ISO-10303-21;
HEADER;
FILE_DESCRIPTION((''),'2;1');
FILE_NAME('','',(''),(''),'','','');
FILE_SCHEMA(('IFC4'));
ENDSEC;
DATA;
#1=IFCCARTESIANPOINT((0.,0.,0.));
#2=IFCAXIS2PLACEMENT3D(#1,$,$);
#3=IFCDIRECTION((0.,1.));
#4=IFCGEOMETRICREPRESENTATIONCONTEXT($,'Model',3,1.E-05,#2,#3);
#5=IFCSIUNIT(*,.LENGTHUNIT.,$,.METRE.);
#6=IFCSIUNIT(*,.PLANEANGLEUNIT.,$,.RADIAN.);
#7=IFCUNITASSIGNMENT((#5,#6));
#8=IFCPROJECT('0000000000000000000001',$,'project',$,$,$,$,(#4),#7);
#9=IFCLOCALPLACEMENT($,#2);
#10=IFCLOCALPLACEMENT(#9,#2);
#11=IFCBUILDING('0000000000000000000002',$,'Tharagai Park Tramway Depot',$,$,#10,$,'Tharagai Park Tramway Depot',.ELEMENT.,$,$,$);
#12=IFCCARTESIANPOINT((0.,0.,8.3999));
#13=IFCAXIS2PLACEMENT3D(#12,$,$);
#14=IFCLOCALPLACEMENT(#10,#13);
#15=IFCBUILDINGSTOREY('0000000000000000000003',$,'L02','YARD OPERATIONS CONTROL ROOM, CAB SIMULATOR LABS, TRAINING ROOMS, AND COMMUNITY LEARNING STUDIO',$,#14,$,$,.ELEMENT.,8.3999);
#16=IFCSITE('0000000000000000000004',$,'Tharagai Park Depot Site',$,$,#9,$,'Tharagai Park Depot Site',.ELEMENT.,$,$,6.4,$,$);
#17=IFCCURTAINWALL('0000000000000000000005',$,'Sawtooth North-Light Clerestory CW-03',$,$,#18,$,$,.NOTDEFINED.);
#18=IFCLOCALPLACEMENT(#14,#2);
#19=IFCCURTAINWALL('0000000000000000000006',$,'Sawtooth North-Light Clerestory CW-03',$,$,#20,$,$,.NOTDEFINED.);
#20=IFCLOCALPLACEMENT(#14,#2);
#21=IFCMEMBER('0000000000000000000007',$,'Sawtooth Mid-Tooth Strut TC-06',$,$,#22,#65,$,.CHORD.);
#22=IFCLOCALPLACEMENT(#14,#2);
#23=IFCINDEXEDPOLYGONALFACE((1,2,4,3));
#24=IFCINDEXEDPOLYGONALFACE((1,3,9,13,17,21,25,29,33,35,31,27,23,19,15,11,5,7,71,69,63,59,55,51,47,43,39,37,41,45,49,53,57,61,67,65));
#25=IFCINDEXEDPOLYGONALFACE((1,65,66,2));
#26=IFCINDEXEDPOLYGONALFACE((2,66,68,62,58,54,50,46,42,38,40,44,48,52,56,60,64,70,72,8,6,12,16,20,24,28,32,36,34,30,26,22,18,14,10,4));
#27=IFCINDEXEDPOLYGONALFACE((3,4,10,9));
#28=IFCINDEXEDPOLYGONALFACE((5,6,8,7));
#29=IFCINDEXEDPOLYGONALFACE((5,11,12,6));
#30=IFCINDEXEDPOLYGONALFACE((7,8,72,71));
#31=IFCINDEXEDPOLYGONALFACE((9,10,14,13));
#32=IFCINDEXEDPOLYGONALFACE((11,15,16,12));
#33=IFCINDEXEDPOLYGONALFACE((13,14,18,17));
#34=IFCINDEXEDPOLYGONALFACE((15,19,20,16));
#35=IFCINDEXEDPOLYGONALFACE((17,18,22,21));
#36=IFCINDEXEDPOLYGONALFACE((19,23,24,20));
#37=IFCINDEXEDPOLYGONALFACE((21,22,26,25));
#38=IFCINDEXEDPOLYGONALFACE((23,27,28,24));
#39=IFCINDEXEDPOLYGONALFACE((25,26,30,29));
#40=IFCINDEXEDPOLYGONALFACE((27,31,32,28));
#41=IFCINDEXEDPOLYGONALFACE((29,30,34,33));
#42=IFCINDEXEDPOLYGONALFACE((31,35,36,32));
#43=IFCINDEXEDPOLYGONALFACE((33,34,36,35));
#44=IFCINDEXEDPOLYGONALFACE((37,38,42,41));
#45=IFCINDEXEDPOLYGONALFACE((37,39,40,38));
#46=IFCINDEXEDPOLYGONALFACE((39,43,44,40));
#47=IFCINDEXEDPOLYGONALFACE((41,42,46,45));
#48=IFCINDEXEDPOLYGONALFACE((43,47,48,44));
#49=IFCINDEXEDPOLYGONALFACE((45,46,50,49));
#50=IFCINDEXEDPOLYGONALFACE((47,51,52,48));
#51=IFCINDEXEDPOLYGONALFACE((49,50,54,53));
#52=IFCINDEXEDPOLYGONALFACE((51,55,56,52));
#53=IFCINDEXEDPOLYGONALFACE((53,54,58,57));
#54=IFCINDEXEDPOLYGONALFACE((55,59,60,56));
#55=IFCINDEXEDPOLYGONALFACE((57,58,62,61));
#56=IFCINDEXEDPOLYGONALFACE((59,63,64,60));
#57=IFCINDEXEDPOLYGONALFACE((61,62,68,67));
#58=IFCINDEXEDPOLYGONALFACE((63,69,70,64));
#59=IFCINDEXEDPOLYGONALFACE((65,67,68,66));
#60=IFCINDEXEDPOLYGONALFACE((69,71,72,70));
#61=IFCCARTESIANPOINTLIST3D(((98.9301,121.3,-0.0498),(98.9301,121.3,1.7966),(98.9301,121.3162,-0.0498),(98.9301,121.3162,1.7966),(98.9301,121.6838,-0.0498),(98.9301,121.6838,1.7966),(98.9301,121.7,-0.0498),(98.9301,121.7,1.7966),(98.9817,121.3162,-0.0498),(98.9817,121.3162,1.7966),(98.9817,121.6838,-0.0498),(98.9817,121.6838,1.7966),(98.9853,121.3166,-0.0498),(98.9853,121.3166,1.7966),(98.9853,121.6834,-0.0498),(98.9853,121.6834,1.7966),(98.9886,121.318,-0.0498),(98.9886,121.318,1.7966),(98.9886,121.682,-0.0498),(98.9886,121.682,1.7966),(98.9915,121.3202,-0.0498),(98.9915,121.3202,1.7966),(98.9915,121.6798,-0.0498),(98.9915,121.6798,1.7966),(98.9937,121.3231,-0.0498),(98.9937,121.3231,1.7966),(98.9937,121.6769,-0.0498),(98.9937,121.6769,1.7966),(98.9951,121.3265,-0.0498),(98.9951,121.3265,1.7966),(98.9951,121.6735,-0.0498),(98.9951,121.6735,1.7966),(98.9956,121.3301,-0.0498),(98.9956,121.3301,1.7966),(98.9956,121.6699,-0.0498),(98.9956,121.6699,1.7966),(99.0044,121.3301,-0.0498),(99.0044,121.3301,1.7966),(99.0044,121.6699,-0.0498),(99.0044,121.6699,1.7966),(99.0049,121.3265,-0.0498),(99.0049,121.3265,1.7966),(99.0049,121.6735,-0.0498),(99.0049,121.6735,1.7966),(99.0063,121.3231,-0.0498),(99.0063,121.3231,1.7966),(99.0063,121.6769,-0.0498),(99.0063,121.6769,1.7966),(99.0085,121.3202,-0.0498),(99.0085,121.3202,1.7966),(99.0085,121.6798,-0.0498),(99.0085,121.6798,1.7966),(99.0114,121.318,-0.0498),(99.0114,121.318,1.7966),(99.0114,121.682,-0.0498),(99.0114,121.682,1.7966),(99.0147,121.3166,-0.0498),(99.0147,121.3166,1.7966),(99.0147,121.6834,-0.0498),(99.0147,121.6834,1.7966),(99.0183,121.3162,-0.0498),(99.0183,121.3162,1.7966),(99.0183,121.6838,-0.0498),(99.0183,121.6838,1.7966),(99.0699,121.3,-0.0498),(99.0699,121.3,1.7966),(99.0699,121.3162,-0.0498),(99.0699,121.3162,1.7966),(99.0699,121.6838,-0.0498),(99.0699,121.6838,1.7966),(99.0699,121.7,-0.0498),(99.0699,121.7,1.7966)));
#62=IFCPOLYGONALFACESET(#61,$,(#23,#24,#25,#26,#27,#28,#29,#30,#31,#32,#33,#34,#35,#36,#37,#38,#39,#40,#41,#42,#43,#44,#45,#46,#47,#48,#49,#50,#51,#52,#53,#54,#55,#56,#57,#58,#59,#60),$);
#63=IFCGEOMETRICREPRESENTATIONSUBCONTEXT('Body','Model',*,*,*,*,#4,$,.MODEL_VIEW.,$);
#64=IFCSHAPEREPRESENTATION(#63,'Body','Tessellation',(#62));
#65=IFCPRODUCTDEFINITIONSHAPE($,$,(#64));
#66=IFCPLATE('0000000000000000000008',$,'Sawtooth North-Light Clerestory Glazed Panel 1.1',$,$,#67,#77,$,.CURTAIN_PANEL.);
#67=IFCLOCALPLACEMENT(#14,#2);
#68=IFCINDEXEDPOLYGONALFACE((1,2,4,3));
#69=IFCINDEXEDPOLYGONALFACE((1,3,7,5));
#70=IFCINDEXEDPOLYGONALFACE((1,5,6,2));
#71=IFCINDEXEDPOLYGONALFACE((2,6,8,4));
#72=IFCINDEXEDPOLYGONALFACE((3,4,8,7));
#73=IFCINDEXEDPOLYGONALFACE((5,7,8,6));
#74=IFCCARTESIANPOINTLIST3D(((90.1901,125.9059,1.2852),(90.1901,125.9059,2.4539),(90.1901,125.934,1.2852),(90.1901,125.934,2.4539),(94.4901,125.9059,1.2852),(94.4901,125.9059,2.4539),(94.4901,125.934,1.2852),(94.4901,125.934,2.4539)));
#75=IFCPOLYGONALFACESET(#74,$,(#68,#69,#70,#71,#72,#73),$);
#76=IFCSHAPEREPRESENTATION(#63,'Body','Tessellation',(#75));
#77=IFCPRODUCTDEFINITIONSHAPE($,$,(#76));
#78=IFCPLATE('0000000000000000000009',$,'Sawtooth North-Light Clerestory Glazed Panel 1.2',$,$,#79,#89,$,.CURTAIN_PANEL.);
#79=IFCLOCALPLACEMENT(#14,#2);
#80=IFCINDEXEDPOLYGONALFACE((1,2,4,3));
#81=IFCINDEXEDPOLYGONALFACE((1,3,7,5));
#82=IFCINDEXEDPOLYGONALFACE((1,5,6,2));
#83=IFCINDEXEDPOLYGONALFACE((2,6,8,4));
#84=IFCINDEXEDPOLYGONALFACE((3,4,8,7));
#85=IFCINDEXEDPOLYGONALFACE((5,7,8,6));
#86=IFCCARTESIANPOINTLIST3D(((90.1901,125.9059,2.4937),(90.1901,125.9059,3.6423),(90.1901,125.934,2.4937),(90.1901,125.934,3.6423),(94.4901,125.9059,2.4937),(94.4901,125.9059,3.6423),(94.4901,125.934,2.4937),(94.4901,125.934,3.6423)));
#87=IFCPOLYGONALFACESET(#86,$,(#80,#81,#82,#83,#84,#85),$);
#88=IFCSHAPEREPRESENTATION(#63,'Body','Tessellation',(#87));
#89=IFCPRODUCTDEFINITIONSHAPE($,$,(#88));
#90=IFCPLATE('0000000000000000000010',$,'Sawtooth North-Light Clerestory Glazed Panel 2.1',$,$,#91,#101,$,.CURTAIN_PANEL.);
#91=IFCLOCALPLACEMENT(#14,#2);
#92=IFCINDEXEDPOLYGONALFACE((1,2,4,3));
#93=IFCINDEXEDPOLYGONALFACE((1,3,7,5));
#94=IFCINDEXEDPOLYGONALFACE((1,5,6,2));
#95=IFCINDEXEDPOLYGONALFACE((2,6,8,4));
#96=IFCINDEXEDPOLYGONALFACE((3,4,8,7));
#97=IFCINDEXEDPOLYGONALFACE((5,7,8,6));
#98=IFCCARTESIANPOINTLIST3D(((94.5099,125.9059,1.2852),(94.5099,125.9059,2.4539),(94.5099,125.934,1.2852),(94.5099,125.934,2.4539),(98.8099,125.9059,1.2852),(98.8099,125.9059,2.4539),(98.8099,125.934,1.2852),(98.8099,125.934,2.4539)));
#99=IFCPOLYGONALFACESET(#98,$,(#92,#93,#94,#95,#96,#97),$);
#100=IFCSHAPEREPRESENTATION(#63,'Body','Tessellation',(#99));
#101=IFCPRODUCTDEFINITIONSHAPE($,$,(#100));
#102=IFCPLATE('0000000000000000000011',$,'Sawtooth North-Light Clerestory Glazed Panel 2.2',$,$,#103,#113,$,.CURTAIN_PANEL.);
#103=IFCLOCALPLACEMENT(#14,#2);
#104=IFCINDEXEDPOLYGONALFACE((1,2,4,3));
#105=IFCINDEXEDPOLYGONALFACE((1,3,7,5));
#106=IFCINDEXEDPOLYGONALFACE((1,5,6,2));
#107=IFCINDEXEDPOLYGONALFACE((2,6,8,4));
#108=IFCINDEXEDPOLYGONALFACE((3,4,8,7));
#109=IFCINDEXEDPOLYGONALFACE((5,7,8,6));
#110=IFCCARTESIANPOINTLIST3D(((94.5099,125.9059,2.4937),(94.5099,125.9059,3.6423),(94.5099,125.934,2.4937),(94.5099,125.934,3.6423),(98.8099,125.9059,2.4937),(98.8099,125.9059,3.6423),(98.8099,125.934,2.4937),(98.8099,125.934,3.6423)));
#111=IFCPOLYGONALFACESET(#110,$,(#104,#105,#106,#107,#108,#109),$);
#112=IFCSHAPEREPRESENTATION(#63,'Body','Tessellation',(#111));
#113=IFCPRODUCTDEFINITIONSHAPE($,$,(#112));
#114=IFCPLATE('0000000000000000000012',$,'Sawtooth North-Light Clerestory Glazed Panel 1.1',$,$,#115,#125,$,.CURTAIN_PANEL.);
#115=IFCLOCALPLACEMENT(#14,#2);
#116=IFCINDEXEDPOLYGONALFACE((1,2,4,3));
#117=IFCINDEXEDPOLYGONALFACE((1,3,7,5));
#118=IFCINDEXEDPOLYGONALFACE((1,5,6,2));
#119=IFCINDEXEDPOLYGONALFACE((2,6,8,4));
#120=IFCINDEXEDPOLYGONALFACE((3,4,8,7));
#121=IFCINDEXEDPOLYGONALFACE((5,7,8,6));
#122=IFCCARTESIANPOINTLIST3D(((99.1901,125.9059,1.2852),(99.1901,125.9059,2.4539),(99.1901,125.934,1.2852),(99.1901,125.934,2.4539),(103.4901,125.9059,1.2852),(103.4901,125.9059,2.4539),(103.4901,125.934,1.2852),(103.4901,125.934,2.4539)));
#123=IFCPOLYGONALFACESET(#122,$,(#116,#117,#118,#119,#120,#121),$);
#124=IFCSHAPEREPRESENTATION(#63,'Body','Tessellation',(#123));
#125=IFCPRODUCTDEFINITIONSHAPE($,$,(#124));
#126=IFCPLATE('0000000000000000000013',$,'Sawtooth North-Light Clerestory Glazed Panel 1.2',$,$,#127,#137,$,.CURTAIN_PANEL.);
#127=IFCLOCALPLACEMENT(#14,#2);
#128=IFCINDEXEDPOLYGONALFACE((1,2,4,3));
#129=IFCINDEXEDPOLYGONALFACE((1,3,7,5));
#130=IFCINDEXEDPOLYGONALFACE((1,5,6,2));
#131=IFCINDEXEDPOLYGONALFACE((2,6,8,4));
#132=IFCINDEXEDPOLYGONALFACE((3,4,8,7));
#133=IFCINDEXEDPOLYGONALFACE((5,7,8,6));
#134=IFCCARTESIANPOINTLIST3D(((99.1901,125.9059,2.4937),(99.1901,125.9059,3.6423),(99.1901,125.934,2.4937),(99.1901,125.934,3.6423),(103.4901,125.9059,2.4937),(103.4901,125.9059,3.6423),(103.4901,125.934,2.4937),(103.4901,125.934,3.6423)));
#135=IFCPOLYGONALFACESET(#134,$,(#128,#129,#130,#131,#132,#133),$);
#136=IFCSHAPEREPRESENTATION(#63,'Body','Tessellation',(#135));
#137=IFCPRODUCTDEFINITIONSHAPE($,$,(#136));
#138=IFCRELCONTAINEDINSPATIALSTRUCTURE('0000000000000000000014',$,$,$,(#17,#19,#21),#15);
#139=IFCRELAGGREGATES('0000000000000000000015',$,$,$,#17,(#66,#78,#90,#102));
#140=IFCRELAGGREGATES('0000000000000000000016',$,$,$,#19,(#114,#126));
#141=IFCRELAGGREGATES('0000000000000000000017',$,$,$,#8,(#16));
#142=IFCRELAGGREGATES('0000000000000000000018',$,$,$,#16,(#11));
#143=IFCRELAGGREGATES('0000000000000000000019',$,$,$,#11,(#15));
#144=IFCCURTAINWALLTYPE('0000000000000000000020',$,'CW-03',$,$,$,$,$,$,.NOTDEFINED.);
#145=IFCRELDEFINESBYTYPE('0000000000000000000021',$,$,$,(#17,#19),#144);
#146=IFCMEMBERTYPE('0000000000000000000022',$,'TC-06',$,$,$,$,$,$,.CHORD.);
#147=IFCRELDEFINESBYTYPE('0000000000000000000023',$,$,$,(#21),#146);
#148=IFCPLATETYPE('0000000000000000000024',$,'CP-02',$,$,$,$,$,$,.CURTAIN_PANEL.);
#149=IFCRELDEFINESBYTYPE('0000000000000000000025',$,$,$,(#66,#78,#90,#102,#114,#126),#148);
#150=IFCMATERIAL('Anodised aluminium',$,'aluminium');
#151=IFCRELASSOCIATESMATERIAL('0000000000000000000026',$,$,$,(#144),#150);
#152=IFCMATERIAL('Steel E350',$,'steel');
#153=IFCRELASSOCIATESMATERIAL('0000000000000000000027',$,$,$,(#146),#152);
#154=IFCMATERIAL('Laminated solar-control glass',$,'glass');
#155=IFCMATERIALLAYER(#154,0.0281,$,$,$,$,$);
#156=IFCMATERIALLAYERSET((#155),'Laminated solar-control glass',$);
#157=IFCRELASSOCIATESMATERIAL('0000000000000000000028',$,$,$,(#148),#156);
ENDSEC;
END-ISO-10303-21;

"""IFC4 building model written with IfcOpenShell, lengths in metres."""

from ifc_helpers import new_model, si_unit, direction, frame, origin, origin_2d, place, context, subcontext, project, spatial, rectangle, i_section, extrude, material, layer, layer_set, material_profile, profile_set, type_object, element, aggregate, save


model = new_model("IFC4")

# Units and contexts
model_context = context("Model", 3, precision=1e-05, world=origin(), true_north=direction((0.0, 1.0)))
body_context = subcontext(model_context, "Body", "Model", "MODEL_VIEW")
ifc_project = project(units=[si_unit("LENGTHUNIT", "METRE"), si_unit("PLANEANGLEUNIT", "RADIAN")], contexts=[model_context])

# Site, building, storey
site_placement = place(None, origin())
site = spatial("IfcSite", under=ifc_project, at=site_placement, Name="Tharagai Park Depot Site", LongName="Tharagai Park Depot Site", CompositionType="ELEMENT", RefElevation=6.4)
building_placement = place(site_placement, origin())
building = spatial("IfcBuilding", under=site, at=building_placement, Name="Tharagai Park Tramway Depot", LongName="Tharagai Park Tramway Depot", CompositionType="ELEMENT")
storey_placement = place(building_placement, frame((0.0, 0.0, 8.3999)))
storey = spatial("IfcBuildingStorey", under=building, at=storey_placement, Name="L02", Description="YARD OPERATIONS CONTROL ROOM, CAB SIMULATOR LABS, TRAINING ROOMS, AND COMMUNITY LEARNING STUDIO", CompositionType="ELEMENT", Elevation=8.3999)

# Shared definitions
ifc_material_1 = material(Name="Steel E350", Category="steel")

# Shared definitions
ifc_material_2 = material(Name="Anodised aluminium", Category="aluminium")

# Curtain walls
curtain_wall_type_1 = type_object("IfcCurtainWallType", Name="CW-03", PredefinedType="NOTDEFINED", material=ifc_material_2)
curtain_wall_1_placement = place(storey_placement, origin())
curtain_wall_1 = element("IfcCurtainWall", 1, at=curtain_wall_1_placement, inside=storey, type_object=curtain_wall_type_1, Name="Sawtooth North-Light Clerestory CW-03", PredefinedType="NOTDEFINED")
curtain_wall_2_placement = place(storey_placement, origin())
curtain_wall_2 = element("IfcCurtainWall", 2, at=curtain_wall_2_placement, inside=storey, type_object=curtain_wall_type_1, Name="Sawtooth North-Light Clerestory CW-03", PredefinedType="NOTDEFINED")

# Member
ifc_material_profile_1 = material_profile(ifc_material_1, i_section(OverallWidth=0.1399, OverallDepth=0.3999, WebThickness=0.0088, FlangeThickness=0.0161, FilletRadius=0.0139, at=origin_2d()), Name="ISMB 400")
ifc_profile_set_1 = profile_set([ifc_material_profile_1], Name="Steel E350")
member_type_1 = type_object("IfcMemberType", Name="TC-06", PredefinedType="CHORD", material=ifc_profile_set_1)
member_1_placement = place(storey_placement, frame((99.0, 121.5, -0.0498), z_axis=(0.0, 0.0, 1.0), x_axis=(1.0, 0.0, 0.0)))
element("IfcMember", 3, at=member_1_placement, inside=storey, type_object=member_type_1, Name="Sawtooth Mid-Tooth Strut TC-06", PredefinedType="CHORD", context=body_context, shape_type="SweptSolid", body=[
    extrude(i_section(OverallWidth=0.1399, OverallDepth=0.3999, WebThickness=0.0088, FlangeThickness=0.0161, FilletRadius=0.0139, at=origin_2d()), origin(), (0.0, 0.0, 1.0), 1.8464),
])

# Plates
ifc_material_3 = material(Name="Laminated solar-control glass", Category="glass")
ifc_layer = layer(ifc_material_3, 0.0281)
ifc_layer_set = layer_set([ifc_layer], Name="Laminated solar-control glass")
plate_type = type_object("IfcPlateType", Name="CP-02", PredefinedType="CURTAIN_PANEL", material=ifc_layer_set)
plate_1_placement = place(storey_placement, frame((92.3401, 125.9199, 1.2852), z_axis=(0.0, 0.0, 1.0), x_axis=(1.0, 0.0, 0.0)))
plate_1 = element("IfcPlate", 4, at=plate_1_placement, type_object=plate_type, Name="Sawtooth North-Light Clerestory Glazed Panel 1.1", PredefinedType="CURTAIN_PANEL", context=body_context, shape_type="SweptSolid", body=[
    extrude(rectangle(XDim=4.3, YDim=0.0281, at=origin_2d()), origin(), (0.0, 0.0, 1.0), 1.1687),
])
plate_2_placement = place(storey_placement, frame((92.3401, 125.9199, 2.4937), z_axis=(0.0, 0.0, 1.0), x_axis=(1.0, 0.0, 0.0)))
plate_2 = element("IfcPlate", 5, at=plate_2_placement, type_object=plate_type, Name="Sawtooth North-Light Clerestory Glazed Panel 1.2", PredefinedType="CURTAIN_PANEL", context=body_context, shape_type="SweptSolid", body=[
    extrude(rectangle(XDim=4.3, YDim=0.0281, at=origin_2d()), origin(), (0.0, 0.0, 1.0), 1.1487),
])
plate_3_placement = place(storey_placement, frame((96.6599, 125.9199, 1.2852), z_axis=(0.0, 0.0, 1.0), x_axis=(1.0, 0.0, 0.0)))
plate_3 = element("IfcPlate", 6, at=plate_3_placement, type_object=plate_type, Name="Sawtooth North-Light Clerestory Glazed Panel 2.1", PredefinedType="CURTAIN_PANEL", context=body_context, shape_type="SweptSolid", body=[
    extrude(rectangle(XDim=4.3, YDim=0.0281, at=origin_2d()), origin(), (0.0, 0.0, 1.0), 1.1687),
])
plate_4_placement = place(storey_placement, frame((96.6599, 125.9199, 2.4937), z_axis=(0.0, 0.0, 1.0), x_axis=(1.0, 0.0, 0.0)))
plate_4 = element("IfcPlate", 7, at=plate_4_placement, type_object=plate_type, Name="Sawtooth North-Light Clerestory Glazed Panel 2.2", PredefinedType="CURTAIN_PANEL", context=body_context, shape_type="SweptSolid", body=[
    extrude(rectangle(XDim=4.3, YDim=0.0281, at=origin_2d()), origin(), (0.0, 0.0, 1.0), 1.1487),
])
aggregate(curtain_wall_1, [plate_1, plate_2, plate_3, plate_4])
plate_5_placement = place(storey_placement, frame((101.3401, 125.9199, 1.2852), z_axis=(0.0, 0.0, 1.0), x_axis=(1.0, 0.0, 0.0)))
plate_5 = element("IfcPlate", 8, at=plate_5_placement, type_object=plate_type, Name="Sawtooth North-Light Clerestory Glazed Panel 1.1", PredefinedType="CURTAIN_PANEL", context=body_context, shape_type="SweptSolid", body=[
    extrude(rectangle(XDim=4.3, YDim=0.0281, at=origin_2d()), origin(), (0.0, 0.0, 1.0), 1.1687),
])
plate_6_placement = place(storey_placement, frame((101.3401, 125.9199, 2.4937), z_axis=(0.0, 0.0, 1.0), x_axis=(1.0, 0.0, 0.0)))
plate_6 = element("IfcPlate", 9, at=plate_6_placement, type_object=plate_type, Name="Sawtooth North-Light Clerestory Glazed Panel 1.2", PredefinedType="CURTAIN_PANEL", context=body_context, shape_type="SweptSolid", body=[
    extrude(rectangle(XDim=4.3, YDim=0.0281, at=origin_2d()), origin(), (0.0, 0.0, 1.0), 1.1487),
])
aggregate(curtain_wall_2, [plate_5, plate_6])

save(model, "model.ifc")
